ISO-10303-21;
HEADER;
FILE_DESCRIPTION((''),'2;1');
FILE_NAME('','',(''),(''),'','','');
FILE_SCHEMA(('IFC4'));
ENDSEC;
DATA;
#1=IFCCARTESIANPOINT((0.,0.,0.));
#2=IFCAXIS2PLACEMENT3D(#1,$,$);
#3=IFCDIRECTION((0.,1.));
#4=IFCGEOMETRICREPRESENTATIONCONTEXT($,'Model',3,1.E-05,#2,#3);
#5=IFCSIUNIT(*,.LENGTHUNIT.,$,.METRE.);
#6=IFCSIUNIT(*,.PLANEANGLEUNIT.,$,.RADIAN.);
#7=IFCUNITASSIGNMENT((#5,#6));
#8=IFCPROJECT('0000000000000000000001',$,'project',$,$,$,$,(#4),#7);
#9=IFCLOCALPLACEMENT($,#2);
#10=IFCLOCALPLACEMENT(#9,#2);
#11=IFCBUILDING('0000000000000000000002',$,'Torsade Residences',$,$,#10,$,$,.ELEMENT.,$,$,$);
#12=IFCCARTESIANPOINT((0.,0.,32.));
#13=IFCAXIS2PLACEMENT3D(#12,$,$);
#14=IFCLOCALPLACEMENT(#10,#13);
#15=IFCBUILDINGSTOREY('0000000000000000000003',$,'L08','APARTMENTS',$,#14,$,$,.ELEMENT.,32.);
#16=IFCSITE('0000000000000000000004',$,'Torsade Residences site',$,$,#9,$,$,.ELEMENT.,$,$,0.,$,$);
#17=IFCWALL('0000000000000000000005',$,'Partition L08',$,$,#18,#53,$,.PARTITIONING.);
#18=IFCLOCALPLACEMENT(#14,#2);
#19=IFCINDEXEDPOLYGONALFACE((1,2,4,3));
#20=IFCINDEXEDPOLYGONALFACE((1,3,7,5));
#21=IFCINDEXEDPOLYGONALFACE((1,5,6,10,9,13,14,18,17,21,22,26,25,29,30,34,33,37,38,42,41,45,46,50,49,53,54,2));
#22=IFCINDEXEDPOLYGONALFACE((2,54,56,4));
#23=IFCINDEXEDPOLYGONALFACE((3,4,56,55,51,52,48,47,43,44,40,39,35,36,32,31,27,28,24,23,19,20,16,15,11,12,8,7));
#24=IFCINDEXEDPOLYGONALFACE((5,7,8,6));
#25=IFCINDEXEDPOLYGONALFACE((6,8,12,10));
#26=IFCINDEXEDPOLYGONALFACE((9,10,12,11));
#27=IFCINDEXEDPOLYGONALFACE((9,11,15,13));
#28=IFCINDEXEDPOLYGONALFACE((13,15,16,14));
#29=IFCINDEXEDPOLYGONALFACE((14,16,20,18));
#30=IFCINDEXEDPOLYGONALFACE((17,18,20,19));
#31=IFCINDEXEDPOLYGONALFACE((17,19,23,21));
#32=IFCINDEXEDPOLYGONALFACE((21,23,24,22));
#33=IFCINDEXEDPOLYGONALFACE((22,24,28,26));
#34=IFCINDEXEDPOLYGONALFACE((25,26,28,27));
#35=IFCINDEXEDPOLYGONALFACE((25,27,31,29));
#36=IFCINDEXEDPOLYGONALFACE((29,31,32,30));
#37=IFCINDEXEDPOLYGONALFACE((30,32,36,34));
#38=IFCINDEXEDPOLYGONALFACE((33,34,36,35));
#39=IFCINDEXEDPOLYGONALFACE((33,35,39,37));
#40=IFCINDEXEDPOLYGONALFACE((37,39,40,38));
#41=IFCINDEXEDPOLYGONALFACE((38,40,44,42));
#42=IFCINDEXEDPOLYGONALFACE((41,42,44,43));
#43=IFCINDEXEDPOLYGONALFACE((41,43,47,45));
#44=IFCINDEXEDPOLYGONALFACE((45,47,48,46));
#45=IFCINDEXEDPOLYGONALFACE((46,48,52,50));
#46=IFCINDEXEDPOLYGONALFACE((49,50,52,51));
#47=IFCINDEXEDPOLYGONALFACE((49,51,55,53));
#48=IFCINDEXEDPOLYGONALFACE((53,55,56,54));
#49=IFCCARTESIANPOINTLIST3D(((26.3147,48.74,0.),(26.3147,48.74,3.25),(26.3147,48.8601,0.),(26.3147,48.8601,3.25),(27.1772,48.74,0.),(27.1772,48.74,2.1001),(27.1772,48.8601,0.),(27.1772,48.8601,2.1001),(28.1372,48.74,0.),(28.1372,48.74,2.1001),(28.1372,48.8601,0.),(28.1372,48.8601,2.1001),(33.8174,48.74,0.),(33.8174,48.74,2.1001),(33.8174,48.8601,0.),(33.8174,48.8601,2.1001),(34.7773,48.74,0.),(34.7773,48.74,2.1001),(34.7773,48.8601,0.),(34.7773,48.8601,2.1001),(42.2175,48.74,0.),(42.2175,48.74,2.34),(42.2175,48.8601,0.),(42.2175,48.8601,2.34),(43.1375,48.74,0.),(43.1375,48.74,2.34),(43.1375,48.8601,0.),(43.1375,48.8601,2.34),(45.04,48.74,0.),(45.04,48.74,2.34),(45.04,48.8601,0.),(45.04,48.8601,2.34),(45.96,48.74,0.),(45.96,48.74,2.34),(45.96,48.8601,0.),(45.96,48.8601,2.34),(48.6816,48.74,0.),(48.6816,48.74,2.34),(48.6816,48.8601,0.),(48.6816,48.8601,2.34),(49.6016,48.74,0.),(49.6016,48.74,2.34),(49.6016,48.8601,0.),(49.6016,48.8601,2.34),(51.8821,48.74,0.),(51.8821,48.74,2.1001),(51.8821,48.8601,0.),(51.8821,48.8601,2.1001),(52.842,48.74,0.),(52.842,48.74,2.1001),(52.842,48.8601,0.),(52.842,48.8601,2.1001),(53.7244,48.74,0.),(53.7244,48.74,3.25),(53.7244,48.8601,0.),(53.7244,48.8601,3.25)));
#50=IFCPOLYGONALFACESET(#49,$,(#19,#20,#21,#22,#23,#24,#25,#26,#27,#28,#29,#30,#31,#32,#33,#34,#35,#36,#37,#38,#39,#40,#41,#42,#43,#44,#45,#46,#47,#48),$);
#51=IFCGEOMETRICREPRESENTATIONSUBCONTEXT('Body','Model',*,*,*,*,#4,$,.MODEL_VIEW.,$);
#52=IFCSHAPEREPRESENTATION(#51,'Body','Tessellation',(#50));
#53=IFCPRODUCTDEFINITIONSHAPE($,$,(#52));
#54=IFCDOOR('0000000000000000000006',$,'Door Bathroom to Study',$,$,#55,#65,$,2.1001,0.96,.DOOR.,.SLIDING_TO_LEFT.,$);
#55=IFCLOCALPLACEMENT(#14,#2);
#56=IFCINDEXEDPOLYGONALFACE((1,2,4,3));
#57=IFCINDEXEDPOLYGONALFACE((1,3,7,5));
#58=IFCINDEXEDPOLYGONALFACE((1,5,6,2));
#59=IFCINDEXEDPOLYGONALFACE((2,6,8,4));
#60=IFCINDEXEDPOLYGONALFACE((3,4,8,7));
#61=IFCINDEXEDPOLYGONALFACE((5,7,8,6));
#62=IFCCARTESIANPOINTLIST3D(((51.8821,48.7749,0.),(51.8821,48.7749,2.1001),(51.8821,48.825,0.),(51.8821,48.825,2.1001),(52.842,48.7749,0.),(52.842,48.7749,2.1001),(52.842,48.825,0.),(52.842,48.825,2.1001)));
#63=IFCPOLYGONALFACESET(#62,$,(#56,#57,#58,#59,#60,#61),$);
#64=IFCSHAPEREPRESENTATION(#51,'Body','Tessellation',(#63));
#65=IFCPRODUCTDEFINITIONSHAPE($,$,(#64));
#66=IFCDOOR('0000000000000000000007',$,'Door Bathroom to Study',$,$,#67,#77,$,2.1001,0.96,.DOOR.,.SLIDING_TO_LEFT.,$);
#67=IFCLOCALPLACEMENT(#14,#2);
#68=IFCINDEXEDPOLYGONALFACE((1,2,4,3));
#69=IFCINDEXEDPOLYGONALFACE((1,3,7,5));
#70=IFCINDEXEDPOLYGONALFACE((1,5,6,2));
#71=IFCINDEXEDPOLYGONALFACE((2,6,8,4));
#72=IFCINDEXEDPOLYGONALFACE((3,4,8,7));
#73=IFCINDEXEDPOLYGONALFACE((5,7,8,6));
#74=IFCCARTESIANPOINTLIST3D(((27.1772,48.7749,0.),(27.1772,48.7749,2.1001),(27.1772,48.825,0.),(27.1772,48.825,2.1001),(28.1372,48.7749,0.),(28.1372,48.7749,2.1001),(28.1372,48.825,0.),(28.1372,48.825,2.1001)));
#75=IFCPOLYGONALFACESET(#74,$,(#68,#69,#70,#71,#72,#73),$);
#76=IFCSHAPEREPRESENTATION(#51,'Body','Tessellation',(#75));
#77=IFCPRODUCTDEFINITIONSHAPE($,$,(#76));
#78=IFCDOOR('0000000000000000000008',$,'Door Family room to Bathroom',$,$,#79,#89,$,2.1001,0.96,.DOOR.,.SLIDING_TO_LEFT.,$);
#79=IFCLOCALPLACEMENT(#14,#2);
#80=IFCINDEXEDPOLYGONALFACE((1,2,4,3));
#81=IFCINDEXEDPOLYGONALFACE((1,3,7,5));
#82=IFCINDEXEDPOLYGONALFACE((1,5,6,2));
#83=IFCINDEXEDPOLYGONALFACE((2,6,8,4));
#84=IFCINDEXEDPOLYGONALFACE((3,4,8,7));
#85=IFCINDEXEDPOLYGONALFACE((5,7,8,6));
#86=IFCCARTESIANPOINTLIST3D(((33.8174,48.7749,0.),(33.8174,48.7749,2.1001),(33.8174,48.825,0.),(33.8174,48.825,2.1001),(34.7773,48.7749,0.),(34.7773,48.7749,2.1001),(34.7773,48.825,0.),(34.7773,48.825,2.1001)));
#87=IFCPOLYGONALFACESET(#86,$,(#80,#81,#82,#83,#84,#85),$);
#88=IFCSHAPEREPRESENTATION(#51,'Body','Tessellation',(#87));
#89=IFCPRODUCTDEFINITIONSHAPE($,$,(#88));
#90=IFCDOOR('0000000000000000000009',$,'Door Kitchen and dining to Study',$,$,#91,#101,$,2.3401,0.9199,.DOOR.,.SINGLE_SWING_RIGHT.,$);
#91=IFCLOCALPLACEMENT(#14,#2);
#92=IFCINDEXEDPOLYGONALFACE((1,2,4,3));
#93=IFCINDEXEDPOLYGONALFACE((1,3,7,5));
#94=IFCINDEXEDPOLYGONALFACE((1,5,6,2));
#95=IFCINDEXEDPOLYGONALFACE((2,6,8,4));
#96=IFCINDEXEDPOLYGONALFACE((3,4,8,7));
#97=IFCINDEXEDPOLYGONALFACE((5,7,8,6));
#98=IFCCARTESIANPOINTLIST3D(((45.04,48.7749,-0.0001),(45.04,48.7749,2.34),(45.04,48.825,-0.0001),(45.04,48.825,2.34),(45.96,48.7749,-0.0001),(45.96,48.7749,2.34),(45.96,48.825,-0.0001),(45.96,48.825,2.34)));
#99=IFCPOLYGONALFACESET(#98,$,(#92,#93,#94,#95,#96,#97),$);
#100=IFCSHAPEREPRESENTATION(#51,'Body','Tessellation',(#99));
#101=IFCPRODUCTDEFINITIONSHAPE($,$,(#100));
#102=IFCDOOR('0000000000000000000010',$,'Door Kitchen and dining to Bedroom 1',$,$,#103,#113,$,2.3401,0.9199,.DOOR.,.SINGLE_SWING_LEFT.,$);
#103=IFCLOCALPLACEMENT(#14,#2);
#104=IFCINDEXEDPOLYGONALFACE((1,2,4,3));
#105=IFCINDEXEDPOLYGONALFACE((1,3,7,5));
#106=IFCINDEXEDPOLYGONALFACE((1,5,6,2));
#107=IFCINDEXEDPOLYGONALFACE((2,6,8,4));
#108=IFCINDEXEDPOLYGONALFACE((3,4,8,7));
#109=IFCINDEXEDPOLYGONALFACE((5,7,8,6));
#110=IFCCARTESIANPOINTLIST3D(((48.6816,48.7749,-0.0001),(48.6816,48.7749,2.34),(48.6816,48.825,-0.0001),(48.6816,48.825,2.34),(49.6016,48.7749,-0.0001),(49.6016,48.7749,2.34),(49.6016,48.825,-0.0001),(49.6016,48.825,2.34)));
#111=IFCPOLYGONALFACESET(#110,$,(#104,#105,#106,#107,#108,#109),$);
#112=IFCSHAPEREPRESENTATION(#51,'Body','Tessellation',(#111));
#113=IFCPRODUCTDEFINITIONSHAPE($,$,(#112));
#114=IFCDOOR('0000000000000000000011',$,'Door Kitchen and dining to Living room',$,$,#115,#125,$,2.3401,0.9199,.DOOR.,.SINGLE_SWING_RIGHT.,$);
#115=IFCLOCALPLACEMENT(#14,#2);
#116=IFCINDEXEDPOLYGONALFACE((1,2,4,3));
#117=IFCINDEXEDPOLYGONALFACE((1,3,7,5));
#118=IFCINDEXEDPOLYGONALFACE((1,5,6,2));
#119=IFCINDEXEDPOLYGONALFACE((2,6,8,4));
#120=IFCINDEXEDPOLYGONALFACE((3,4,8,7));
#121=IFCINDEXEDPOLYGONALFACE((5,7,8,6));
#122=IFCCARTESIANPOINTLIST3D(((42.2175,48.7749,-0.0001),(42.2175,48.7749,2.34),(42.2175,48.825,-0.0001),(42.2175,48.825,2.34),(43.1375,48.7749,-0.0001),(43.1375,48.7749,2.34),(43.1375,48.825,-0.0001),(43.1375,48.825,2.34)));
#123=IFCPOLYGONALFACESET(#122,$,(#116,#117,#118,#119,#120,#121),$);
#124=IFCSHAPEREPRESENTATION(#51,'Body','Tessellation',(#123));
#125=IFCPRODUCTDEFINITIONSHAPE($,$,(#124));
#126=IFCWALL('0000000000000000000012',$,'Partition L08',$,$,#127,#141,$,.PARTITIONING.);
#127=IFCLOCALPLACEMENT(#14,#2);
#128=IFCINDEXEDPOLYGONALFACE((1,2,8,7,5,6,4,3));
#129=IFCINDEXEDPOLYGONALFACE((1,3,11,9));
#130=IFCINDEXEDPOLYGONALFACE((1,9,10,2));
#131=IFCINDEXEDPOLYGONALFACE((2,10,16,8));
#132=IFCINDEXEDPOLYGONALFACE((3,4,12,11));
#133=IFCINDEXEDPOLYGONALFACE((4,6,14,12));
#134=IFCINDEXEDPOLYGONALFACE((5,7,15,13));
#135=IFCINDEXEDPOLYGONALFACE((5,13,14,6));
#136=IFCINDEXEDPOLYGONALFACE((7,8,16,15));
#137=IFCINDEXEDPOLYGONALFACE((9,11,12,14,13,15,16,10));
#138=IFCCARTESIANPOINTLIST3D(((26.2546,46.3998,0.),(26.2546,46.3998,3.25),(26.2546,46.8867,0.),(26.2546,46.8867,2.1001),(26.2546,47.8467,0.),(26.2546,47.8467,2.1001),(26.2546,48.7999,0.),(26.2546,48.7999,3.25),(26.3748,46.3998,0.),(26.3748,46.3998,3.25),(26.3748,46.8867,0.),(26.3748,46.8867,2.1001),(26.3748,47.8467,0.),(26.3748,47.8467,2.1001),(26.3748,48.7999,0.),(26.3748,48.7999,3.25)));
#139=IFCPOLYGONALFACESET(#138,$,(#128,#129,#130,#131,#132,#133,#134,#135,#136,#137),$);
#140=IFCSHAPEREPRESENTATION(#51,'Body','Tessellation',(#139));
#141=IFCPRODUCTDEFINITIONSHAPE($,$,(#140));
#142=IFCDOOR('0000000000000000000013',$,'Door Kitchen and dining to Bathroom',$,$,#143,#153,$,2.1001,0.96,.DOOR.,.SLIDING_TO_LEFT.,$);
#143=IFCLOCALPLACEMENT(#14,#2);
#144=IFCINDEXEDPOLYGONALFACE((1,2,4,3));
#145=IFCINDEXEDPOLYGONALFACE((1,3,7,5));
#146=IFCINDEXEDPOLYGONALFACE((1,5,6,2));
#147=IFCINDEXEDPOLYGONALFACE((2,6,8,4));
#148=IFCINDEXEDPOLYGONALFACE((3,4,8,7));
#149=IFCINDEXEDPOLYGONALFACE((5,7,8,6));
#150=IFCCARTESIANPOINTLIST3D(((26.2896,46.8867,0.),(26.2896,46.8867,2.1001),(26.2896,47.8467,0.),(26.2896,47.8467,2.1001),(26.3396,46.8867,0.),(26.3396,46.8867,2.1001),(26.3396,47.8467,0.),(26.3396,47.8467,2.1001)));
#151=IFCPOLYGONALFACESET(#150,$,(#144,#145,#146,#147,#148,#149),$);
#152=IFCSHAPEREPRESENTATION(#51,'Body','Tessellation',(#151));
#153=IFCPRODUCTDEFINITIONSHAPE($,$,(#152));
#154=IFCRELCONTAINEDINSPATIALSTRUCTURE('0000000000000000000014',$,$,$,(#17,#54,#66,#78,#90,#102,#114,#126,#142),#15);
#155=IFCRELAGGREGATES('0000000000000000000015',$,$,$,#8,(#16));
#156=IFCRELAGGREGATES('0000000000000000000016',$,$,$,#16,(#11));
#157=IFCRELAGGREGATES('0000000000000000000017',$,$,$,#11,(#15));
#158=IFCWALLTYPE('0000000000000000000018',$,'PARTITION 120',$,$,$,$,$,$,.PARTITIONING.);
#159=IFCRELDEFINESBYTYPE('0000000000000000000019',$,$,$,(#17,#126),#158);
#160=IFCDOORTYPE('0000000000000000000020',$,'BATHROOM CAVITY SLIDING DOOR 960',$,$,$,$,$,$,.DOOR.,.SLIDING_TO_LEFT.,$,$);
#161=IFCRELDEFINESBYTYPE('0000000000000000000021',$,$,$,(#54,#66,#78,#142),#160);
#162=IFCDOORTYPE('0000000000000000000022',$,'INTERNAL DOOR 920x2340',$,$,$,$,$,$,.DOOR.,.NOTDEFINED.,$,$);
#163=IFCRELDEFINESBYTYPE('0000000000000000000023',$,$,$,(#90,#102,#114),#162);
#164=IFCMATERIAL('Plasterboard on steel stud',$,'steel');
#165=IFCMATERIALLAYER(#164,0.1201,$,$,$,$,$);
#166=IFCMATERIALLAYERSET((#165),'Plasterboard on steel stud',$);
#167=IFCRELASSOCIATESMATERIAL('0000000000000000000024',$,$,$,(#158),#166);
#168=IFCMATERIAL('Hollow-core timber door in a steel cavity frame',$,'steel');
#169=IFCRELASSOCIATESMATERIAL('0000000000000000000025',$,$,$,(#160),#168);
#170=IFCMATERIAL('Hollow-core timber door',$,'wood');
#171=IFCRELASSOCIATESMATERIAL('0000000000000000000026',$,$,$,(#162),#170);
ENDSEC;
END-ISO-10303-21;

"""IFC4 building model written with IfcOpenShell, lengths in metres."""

from ifc_helpers import new_model, si_unit, direction, frame, frame_2d, origin, place, context, subcontext, project, spatial, rectangle, extrude, material, layer, layer_set, type_object, element, fill, save


model = new_model("IFC4")

# Units and contexts
model_context = context("Model", 3, precision=1e-05, world=origin(), true_north=direction((0.0, 1.0)))
body_context = subcontext(model_context, "Body", "Model", "MODEL_VIEW")
ifc_project = project(units=[si_unit("LENGTHUNIT", "METRE"), si_unit("PLANEANGLEUNIT", "RADIAN")], contexts=[model_context])

# Site, building, storey
site_placement = place(None, origin())
site = spatial("IfcSite", under=ifc_project, at=site_placement, Name="Torsade Residences site", CompositionType="ELEMENT", RefElevation=0.0)
building_placement = place(site_placement, origin())
building = spatial("IfcBuilding", under=site, at=building_placement, Name="Torsade Residences", CompositionType="ELEMENT")
storey_placement = place(building_placement, frame((0.0, 0.0, 32.0)))
storey = spatial("IfcBuildingStorey", under=building, at=storey_placement, Name="L08", Description="APARTMENTS", CompositionType="ELEMENT", Elevation=32.0)

# Wall, openings, doors
ifc_material_1 = material(Name="Plasterboard on steel stud", Category="steel")
ifc_layer_1 = layer(ifc_material_1, 0.1201)
ifc_layer_set_1 = layer_set([ifc_layer_1], Name="Plasterboard on steel stud")
wall_type_1 = type_object("IfcWallType", Name="PARTITION 120", PredefinedType="PARTITIONING", material=ifc_layer_set_1)
wall_1_placement = place(storey_placement, frame((26.3147, 48.8, 0.0), z_axis=(0.0, 0.0, 1.0), x_axis=(1.0, 0.0, 0.0)))
wall_1 = element("IfcWall", 1, at=wall_1_placement, inside=storey, type_object=wall_type_1, Name="Partition L08", PredefinedType="PARTITIONING", context=body_context, shape_type="SweptSolid", body=[
    extrude(rectangle(XDim=27.4097, YDim=0.1201, at=frame_2d((13.7048, 0.0))), origin(), (0.0, 0.0, 1.0), 3.25),
])
opening_1_placement = place(wall_1_placement, frame((18.7253, 0.0, 0.0)))
opening_1 = element("IfcOpeningElement", 2, at=opening_1_placement, cuts=wall_1, PredefinedType="OPENING", context=body_context, shape_type="SweptSolid", body=[
    extrude(rectangle(XDim=0.9199, YDim=2.3401, at=frame_2d((0.46, 1.1699))), frame((0.0, 0.0701, 0.0), z_axis=(0.0, -1.0, 0.0), x_axis=(1.0, 0.0, 0.0)), (0.0, 0.0, 1.0), 0.1401),
])
opening_2_placement = place(wall_1_placement, frame((22.3669, 0.0, 0.0)))
opening_2 = element("IfcOpeningElement", 3, at=opening_2_placement, cuts=wall_1, PredefinedType="OPENING", context=body_context, shape_type="SweptSolid", body=[
    extrude(rectangle(XDim=0.9199, YDim=2.3401, at=frame_2d((0.46, 1.1699))), frame((0.0, 0.0701, 0.0), z_axis=(0.0, -1.0, 0.0), x_axis=(1.0, 0.0, 0.0)), (0.0, 0.0, 1.0), 0.1401),
])
opening_3_placement = place(wall_1_placement, frame((15.9028, 0.0, 0.0)))
opening_3 = element("IfcOpeningElement", 4, at=opening_3_placement, cuts=wall_1, PredefinedType="OPENING", context=body_context, shape_type="SweptSolid", body=[
    extrude(rectangle(XDim=0.9199, YDim=2.3401, at=frame_2d((0.46, 1.1699))), frame((0.0, 0.0701, 0.0), z_axis=(0.0, -1.0, 0.0), x_axis=(1.0, 0.0, 0.0)), (0.0, 0.0, 1.0), 0.1401),
])
opening_4_placement = place(wall_1_placement, frame((25.5674, 0.0, 0.0)))
opening_4 = element("IfcOpeningElement", 5, at=opening_4_placement, cuts=wall_1, PredefinedType="OPENING", context=body_context, shape_type="SweptSolid", body=[
    extrude(rectangle(XDim=0.96, YDim=2.1001, at=frame_2d((0.48, 1.05))), frame((0.0, 0.0701, 0.0), z_axis=(0.0, -1.0, 0.0), x_axis=(1.0, 0.0, 0.0)), (0.0, 0.0, 1.0), 0.1401),
])
opening_5_placement = place(wall_1_placement, frame((0.8625, 0.0, 0.0)))
opening_5 = element("IfcOpeningElement", 6, at=opening_5_placement, cuts=wall_1, PredefinedType="OPENING", context=body_context, shape_type="SweptSolid", body=[
    extrude(rectangle(XDim=0.96, YDim=2.1001, at=frame_2d((0.48, 1.05))), frame((0.0, 0.0701, 0.0), z_axis=(0.0, -1.0, 0.0), x_axis=(1.0, 0.0, 0.0)), (0.0, 0.0, 1.0), 0.1401),
])
opening_6_placement = place(wall_1_placement, frame((7.5027, 0.0, 0.0)))
opening_6 = element("IfcOpeningElement", 7, at=opening_6_placement, cuts=wall_1, PredefinedType="OPENING", context=body_context, shape_type="SweptSolid", body=[
    extrude(rectangle(XDim=0.96, YDim=2.1001, at=frame_2d((0.48, 1.05))), frame((0.0, 0.0701, 0.0), z_axis=(0.0, -1.0, 0.0), x_axis=(1.0, 0.0, 0.0)), (0.0, 0.0, 1.0), 0.1401),
])
ifc_material_2 = material(Name="Hollow-core timber door in a steel cavity frame", Category="steel")
door_type_1 = type_object("IfcDoorType", Name="BATHROOM CAVITY SLIDING DOOR 960", OperationType="SLIDING_TO_LEFT", PredefinedType="DOOR", material=ifc_material_2)
door_1_placement = place(opening_4_placement, origin())
door_1 = element("IfcDoor", 8, at=door_1_placement, inside=storey, type_object=door_type_1, Name="Door Bathroom to Study", OperationType="SLIDING_TO_LEFT", OverallHeight=2.1001, OverallWidth=0.96, PredefinedType="DOOR", context=body_context, shape_type="SweptSolid", body=[
    extrude(rectangle(XDim=0.96, YDim=2.1001, at=frame_2d((0.48, 1.05))), frame((0.0, 0.0249, 0.0), z_axis=(0.0, -1.0, 0.0), x_axis=(1.0, 0.0, 0.0)), (0.0, 0.0, 1.0), 0.05),
])
fill(opening_4, door_1)
door_2_placement = place(opening_5_placement, origin())
door_2 = element("IfcDoor", 9, at=door_2_placement, inside=storey, type_object=door_type_1, Name="Door Bathroom to Study", OperationType="SLIDING_TO_LEFT", OverallHeight=2.1001, OverallWidth=0.96, PredefinedType="DOOR", context=body_context, shape_type="SweptSolid", body=[
    extrude(rectangle(XDim=0.96, YDim=2.1001, at=frame_2d((0.48, 1.05))), frame((0.0, 0.0249, 0.0), z_axis=(0.0, -1.0, 0.0), x_axis=(1.0, 0.0, 0.0)), (0.0, 0.0, 1.0), 0.05),
])
fill(opening_5, door_2)
door_3_placement = place(opening_6_placement, origin())
door_3 = element("IfcDoor", 10, at=door_3_placement, inside=storey, type_object=door_type_1, Name="Door Family room to Bathroom", OperationType="SLIDING_TO_LEFT", OverallHeight=2.1001, OverallWidth=0.96, PredefinedType="DOOR", context=body_context, shape_type="SweptSolid", body=[
    extrude(rectangle(XDim=0.96, YDim=2.1001, at=frame_2d((0.48, 1.05))), frame((0.0, 0.0249, 0.0), z_axis=(0.0, -1.0, 0.0), x_axis=(1.0, 0.0, 0.0)), (0.0, 0.0, 1.0), 0.05),
])
fill(opening_6, door_3)
ifc_material_3 = material(Name="Hollow-core timber door", Category="wood")
door_type_2 = type_object("IfcDoorType", Name="INTERNAL DOOR 920x2340", OperationType="NOTDEFINED", PredefinedType="DOOR", material=ifc_material_3)
door_4_placement = place(opening_1_placement, origin())
door_4 = element("IfcDoor", 11, at=door_4_placement, inside=storey, type_object=door_type_2, Name="Door Kitchen and dining to Study", OperationType="SINGLE_SWING_RIGHT", OverallHeight=2.3401, OverallWidth=0.9199, PredefinedType="DOOR", context=body_context, shape_type="SweptSolid", body=[
    extrude(rectangle(XDim=0.9199, YDim=2.3401, at=frame_2d((0.46, 1.1699))), frame((0.0, 0.0249, 0.0), z_axis=(0.0, -1.0, 0.0), x_axis=(1.0, 0.0, 0.0)), (0.0, 0.0, 1.0), 0.05),
])
fill(opening_1, door_4)
door_5_placement = place(opening_2_placement, origin())
door_5 = element("IfcDoor", 12, at=door_5_placement, inside=storey, type_object=door_type_2, Name="Door Kitchen and dining to Bedroom 1", OperationType="SINGLE_SWING_LEFT", OverallHeight=2.3401, OverallWidth=0.9199, PredefinedType="DOOR", context=body_context, shape_type="SweptSolid", body=[
    extrude(rectangle(XDim=0.9199, YDim=2.3401, at=frame_2d((0.46, 1.1699))), frame((0.0, 0.0249, 0.0), z_axis=(0.0, -1.0, 0.0), x_axis=(1.0, 0.0, 0.0)), (0.0, 0.0, 1.0), 0.05),
])
fill(opening_2, door_5)
door_6_placement = place(opening_3_placement, origin())
door_6 = element("IfcDoor", 13, at=door_6_placement, inside=storey, type_object=door_type_2, Name="Door Kitchen and dining to Living room", OperationType="SINGLE_SWING_RIGHT", OverallHeight=2.3401, OverallWidth=0.9199, PredefinedType="DOOR", context=body_context, shape_type="SweptSolid", body=[
    extrude(rectangle(XDim=0.9199, YDim=2.3401, at=frame_2d((0.46, 1.1699))), frame((0.0, 0.0249, 0.0), z_axis=(0.0, -1.0, 0.0), x_axis=(1.0, 0.0, 0.0)), (0.0, 0.0, 1.0), 0.05),
])
fill(opening_3, door_6)

# Wall, opening, door
wall_2_placement = place(storey_placement, frame((26.3147, 48.8, 0.0), z_axis=(0.0, 0.0, 1.0), x_axis=(0.0, -1.0, 0.0)))
wall_2 = element("IfcWall", 14, at=wall_2_placement, inside=storey, type_object=wall_type_1, Name="Partition L08", PredefinedType="PARTITIONING", context=body_context, shape_type="SweptSolid", body=[
    extrude(rectangle(XDim=2.4001, YDim=0.1201, at=frame_2d((1.2002, 0.0))), origin(), (0.0, 0.0, 1.0), 3.25),
])
opening_7_placement = place(wall_2_placement, frame((0.9534, 0.0, 0.0)))
opening_7 = element("IfcOpeningElement", 15, at=opening_7_placement, cuts=wall_2, PredefinedType="OPENING", context=body_context, shape_type="SweptSolid", body=[
    extrude(rectangle(XDim=0.96, YDim=2.1001, at=frame_2d((0.48, 1.05))), frame((0.0, 0.0701, 0.0), z_axis=(0.0, -1.0, 0.0), x_axis=(1.0, 0.0, 0.0)), (0.0, 0.0, 1.0), 0.1401),
])
door_7_placement = place(opening_7_placement, origin())
door_7 = element("IfcDoor", 16, at=door_7_placement, inside=storey, type_object=door_type_1, Name="Door Kitchen and dining to Bathroom", OperationType="SLIDING_TO_LEFT", OverallHeight=2.1001, OverallWidth=0.96, PredefinedType="DOOR", context=body_context, shape_type="SweptSolid", body=[
    extrude(rectangle(XDim=0.96, YDim=2.1001, at=frame_2d((0.48, 1.05))), frame((0.0, 0.0249, 0.0), z_axis=(0.0, -1.0, 0.0), x_axis=(1.0, 0.0, 0.0)), (0.0, 0.0, 1.0), 0.05),
])
fill(opening_7, door_7)

save(model, "model.ifc")
